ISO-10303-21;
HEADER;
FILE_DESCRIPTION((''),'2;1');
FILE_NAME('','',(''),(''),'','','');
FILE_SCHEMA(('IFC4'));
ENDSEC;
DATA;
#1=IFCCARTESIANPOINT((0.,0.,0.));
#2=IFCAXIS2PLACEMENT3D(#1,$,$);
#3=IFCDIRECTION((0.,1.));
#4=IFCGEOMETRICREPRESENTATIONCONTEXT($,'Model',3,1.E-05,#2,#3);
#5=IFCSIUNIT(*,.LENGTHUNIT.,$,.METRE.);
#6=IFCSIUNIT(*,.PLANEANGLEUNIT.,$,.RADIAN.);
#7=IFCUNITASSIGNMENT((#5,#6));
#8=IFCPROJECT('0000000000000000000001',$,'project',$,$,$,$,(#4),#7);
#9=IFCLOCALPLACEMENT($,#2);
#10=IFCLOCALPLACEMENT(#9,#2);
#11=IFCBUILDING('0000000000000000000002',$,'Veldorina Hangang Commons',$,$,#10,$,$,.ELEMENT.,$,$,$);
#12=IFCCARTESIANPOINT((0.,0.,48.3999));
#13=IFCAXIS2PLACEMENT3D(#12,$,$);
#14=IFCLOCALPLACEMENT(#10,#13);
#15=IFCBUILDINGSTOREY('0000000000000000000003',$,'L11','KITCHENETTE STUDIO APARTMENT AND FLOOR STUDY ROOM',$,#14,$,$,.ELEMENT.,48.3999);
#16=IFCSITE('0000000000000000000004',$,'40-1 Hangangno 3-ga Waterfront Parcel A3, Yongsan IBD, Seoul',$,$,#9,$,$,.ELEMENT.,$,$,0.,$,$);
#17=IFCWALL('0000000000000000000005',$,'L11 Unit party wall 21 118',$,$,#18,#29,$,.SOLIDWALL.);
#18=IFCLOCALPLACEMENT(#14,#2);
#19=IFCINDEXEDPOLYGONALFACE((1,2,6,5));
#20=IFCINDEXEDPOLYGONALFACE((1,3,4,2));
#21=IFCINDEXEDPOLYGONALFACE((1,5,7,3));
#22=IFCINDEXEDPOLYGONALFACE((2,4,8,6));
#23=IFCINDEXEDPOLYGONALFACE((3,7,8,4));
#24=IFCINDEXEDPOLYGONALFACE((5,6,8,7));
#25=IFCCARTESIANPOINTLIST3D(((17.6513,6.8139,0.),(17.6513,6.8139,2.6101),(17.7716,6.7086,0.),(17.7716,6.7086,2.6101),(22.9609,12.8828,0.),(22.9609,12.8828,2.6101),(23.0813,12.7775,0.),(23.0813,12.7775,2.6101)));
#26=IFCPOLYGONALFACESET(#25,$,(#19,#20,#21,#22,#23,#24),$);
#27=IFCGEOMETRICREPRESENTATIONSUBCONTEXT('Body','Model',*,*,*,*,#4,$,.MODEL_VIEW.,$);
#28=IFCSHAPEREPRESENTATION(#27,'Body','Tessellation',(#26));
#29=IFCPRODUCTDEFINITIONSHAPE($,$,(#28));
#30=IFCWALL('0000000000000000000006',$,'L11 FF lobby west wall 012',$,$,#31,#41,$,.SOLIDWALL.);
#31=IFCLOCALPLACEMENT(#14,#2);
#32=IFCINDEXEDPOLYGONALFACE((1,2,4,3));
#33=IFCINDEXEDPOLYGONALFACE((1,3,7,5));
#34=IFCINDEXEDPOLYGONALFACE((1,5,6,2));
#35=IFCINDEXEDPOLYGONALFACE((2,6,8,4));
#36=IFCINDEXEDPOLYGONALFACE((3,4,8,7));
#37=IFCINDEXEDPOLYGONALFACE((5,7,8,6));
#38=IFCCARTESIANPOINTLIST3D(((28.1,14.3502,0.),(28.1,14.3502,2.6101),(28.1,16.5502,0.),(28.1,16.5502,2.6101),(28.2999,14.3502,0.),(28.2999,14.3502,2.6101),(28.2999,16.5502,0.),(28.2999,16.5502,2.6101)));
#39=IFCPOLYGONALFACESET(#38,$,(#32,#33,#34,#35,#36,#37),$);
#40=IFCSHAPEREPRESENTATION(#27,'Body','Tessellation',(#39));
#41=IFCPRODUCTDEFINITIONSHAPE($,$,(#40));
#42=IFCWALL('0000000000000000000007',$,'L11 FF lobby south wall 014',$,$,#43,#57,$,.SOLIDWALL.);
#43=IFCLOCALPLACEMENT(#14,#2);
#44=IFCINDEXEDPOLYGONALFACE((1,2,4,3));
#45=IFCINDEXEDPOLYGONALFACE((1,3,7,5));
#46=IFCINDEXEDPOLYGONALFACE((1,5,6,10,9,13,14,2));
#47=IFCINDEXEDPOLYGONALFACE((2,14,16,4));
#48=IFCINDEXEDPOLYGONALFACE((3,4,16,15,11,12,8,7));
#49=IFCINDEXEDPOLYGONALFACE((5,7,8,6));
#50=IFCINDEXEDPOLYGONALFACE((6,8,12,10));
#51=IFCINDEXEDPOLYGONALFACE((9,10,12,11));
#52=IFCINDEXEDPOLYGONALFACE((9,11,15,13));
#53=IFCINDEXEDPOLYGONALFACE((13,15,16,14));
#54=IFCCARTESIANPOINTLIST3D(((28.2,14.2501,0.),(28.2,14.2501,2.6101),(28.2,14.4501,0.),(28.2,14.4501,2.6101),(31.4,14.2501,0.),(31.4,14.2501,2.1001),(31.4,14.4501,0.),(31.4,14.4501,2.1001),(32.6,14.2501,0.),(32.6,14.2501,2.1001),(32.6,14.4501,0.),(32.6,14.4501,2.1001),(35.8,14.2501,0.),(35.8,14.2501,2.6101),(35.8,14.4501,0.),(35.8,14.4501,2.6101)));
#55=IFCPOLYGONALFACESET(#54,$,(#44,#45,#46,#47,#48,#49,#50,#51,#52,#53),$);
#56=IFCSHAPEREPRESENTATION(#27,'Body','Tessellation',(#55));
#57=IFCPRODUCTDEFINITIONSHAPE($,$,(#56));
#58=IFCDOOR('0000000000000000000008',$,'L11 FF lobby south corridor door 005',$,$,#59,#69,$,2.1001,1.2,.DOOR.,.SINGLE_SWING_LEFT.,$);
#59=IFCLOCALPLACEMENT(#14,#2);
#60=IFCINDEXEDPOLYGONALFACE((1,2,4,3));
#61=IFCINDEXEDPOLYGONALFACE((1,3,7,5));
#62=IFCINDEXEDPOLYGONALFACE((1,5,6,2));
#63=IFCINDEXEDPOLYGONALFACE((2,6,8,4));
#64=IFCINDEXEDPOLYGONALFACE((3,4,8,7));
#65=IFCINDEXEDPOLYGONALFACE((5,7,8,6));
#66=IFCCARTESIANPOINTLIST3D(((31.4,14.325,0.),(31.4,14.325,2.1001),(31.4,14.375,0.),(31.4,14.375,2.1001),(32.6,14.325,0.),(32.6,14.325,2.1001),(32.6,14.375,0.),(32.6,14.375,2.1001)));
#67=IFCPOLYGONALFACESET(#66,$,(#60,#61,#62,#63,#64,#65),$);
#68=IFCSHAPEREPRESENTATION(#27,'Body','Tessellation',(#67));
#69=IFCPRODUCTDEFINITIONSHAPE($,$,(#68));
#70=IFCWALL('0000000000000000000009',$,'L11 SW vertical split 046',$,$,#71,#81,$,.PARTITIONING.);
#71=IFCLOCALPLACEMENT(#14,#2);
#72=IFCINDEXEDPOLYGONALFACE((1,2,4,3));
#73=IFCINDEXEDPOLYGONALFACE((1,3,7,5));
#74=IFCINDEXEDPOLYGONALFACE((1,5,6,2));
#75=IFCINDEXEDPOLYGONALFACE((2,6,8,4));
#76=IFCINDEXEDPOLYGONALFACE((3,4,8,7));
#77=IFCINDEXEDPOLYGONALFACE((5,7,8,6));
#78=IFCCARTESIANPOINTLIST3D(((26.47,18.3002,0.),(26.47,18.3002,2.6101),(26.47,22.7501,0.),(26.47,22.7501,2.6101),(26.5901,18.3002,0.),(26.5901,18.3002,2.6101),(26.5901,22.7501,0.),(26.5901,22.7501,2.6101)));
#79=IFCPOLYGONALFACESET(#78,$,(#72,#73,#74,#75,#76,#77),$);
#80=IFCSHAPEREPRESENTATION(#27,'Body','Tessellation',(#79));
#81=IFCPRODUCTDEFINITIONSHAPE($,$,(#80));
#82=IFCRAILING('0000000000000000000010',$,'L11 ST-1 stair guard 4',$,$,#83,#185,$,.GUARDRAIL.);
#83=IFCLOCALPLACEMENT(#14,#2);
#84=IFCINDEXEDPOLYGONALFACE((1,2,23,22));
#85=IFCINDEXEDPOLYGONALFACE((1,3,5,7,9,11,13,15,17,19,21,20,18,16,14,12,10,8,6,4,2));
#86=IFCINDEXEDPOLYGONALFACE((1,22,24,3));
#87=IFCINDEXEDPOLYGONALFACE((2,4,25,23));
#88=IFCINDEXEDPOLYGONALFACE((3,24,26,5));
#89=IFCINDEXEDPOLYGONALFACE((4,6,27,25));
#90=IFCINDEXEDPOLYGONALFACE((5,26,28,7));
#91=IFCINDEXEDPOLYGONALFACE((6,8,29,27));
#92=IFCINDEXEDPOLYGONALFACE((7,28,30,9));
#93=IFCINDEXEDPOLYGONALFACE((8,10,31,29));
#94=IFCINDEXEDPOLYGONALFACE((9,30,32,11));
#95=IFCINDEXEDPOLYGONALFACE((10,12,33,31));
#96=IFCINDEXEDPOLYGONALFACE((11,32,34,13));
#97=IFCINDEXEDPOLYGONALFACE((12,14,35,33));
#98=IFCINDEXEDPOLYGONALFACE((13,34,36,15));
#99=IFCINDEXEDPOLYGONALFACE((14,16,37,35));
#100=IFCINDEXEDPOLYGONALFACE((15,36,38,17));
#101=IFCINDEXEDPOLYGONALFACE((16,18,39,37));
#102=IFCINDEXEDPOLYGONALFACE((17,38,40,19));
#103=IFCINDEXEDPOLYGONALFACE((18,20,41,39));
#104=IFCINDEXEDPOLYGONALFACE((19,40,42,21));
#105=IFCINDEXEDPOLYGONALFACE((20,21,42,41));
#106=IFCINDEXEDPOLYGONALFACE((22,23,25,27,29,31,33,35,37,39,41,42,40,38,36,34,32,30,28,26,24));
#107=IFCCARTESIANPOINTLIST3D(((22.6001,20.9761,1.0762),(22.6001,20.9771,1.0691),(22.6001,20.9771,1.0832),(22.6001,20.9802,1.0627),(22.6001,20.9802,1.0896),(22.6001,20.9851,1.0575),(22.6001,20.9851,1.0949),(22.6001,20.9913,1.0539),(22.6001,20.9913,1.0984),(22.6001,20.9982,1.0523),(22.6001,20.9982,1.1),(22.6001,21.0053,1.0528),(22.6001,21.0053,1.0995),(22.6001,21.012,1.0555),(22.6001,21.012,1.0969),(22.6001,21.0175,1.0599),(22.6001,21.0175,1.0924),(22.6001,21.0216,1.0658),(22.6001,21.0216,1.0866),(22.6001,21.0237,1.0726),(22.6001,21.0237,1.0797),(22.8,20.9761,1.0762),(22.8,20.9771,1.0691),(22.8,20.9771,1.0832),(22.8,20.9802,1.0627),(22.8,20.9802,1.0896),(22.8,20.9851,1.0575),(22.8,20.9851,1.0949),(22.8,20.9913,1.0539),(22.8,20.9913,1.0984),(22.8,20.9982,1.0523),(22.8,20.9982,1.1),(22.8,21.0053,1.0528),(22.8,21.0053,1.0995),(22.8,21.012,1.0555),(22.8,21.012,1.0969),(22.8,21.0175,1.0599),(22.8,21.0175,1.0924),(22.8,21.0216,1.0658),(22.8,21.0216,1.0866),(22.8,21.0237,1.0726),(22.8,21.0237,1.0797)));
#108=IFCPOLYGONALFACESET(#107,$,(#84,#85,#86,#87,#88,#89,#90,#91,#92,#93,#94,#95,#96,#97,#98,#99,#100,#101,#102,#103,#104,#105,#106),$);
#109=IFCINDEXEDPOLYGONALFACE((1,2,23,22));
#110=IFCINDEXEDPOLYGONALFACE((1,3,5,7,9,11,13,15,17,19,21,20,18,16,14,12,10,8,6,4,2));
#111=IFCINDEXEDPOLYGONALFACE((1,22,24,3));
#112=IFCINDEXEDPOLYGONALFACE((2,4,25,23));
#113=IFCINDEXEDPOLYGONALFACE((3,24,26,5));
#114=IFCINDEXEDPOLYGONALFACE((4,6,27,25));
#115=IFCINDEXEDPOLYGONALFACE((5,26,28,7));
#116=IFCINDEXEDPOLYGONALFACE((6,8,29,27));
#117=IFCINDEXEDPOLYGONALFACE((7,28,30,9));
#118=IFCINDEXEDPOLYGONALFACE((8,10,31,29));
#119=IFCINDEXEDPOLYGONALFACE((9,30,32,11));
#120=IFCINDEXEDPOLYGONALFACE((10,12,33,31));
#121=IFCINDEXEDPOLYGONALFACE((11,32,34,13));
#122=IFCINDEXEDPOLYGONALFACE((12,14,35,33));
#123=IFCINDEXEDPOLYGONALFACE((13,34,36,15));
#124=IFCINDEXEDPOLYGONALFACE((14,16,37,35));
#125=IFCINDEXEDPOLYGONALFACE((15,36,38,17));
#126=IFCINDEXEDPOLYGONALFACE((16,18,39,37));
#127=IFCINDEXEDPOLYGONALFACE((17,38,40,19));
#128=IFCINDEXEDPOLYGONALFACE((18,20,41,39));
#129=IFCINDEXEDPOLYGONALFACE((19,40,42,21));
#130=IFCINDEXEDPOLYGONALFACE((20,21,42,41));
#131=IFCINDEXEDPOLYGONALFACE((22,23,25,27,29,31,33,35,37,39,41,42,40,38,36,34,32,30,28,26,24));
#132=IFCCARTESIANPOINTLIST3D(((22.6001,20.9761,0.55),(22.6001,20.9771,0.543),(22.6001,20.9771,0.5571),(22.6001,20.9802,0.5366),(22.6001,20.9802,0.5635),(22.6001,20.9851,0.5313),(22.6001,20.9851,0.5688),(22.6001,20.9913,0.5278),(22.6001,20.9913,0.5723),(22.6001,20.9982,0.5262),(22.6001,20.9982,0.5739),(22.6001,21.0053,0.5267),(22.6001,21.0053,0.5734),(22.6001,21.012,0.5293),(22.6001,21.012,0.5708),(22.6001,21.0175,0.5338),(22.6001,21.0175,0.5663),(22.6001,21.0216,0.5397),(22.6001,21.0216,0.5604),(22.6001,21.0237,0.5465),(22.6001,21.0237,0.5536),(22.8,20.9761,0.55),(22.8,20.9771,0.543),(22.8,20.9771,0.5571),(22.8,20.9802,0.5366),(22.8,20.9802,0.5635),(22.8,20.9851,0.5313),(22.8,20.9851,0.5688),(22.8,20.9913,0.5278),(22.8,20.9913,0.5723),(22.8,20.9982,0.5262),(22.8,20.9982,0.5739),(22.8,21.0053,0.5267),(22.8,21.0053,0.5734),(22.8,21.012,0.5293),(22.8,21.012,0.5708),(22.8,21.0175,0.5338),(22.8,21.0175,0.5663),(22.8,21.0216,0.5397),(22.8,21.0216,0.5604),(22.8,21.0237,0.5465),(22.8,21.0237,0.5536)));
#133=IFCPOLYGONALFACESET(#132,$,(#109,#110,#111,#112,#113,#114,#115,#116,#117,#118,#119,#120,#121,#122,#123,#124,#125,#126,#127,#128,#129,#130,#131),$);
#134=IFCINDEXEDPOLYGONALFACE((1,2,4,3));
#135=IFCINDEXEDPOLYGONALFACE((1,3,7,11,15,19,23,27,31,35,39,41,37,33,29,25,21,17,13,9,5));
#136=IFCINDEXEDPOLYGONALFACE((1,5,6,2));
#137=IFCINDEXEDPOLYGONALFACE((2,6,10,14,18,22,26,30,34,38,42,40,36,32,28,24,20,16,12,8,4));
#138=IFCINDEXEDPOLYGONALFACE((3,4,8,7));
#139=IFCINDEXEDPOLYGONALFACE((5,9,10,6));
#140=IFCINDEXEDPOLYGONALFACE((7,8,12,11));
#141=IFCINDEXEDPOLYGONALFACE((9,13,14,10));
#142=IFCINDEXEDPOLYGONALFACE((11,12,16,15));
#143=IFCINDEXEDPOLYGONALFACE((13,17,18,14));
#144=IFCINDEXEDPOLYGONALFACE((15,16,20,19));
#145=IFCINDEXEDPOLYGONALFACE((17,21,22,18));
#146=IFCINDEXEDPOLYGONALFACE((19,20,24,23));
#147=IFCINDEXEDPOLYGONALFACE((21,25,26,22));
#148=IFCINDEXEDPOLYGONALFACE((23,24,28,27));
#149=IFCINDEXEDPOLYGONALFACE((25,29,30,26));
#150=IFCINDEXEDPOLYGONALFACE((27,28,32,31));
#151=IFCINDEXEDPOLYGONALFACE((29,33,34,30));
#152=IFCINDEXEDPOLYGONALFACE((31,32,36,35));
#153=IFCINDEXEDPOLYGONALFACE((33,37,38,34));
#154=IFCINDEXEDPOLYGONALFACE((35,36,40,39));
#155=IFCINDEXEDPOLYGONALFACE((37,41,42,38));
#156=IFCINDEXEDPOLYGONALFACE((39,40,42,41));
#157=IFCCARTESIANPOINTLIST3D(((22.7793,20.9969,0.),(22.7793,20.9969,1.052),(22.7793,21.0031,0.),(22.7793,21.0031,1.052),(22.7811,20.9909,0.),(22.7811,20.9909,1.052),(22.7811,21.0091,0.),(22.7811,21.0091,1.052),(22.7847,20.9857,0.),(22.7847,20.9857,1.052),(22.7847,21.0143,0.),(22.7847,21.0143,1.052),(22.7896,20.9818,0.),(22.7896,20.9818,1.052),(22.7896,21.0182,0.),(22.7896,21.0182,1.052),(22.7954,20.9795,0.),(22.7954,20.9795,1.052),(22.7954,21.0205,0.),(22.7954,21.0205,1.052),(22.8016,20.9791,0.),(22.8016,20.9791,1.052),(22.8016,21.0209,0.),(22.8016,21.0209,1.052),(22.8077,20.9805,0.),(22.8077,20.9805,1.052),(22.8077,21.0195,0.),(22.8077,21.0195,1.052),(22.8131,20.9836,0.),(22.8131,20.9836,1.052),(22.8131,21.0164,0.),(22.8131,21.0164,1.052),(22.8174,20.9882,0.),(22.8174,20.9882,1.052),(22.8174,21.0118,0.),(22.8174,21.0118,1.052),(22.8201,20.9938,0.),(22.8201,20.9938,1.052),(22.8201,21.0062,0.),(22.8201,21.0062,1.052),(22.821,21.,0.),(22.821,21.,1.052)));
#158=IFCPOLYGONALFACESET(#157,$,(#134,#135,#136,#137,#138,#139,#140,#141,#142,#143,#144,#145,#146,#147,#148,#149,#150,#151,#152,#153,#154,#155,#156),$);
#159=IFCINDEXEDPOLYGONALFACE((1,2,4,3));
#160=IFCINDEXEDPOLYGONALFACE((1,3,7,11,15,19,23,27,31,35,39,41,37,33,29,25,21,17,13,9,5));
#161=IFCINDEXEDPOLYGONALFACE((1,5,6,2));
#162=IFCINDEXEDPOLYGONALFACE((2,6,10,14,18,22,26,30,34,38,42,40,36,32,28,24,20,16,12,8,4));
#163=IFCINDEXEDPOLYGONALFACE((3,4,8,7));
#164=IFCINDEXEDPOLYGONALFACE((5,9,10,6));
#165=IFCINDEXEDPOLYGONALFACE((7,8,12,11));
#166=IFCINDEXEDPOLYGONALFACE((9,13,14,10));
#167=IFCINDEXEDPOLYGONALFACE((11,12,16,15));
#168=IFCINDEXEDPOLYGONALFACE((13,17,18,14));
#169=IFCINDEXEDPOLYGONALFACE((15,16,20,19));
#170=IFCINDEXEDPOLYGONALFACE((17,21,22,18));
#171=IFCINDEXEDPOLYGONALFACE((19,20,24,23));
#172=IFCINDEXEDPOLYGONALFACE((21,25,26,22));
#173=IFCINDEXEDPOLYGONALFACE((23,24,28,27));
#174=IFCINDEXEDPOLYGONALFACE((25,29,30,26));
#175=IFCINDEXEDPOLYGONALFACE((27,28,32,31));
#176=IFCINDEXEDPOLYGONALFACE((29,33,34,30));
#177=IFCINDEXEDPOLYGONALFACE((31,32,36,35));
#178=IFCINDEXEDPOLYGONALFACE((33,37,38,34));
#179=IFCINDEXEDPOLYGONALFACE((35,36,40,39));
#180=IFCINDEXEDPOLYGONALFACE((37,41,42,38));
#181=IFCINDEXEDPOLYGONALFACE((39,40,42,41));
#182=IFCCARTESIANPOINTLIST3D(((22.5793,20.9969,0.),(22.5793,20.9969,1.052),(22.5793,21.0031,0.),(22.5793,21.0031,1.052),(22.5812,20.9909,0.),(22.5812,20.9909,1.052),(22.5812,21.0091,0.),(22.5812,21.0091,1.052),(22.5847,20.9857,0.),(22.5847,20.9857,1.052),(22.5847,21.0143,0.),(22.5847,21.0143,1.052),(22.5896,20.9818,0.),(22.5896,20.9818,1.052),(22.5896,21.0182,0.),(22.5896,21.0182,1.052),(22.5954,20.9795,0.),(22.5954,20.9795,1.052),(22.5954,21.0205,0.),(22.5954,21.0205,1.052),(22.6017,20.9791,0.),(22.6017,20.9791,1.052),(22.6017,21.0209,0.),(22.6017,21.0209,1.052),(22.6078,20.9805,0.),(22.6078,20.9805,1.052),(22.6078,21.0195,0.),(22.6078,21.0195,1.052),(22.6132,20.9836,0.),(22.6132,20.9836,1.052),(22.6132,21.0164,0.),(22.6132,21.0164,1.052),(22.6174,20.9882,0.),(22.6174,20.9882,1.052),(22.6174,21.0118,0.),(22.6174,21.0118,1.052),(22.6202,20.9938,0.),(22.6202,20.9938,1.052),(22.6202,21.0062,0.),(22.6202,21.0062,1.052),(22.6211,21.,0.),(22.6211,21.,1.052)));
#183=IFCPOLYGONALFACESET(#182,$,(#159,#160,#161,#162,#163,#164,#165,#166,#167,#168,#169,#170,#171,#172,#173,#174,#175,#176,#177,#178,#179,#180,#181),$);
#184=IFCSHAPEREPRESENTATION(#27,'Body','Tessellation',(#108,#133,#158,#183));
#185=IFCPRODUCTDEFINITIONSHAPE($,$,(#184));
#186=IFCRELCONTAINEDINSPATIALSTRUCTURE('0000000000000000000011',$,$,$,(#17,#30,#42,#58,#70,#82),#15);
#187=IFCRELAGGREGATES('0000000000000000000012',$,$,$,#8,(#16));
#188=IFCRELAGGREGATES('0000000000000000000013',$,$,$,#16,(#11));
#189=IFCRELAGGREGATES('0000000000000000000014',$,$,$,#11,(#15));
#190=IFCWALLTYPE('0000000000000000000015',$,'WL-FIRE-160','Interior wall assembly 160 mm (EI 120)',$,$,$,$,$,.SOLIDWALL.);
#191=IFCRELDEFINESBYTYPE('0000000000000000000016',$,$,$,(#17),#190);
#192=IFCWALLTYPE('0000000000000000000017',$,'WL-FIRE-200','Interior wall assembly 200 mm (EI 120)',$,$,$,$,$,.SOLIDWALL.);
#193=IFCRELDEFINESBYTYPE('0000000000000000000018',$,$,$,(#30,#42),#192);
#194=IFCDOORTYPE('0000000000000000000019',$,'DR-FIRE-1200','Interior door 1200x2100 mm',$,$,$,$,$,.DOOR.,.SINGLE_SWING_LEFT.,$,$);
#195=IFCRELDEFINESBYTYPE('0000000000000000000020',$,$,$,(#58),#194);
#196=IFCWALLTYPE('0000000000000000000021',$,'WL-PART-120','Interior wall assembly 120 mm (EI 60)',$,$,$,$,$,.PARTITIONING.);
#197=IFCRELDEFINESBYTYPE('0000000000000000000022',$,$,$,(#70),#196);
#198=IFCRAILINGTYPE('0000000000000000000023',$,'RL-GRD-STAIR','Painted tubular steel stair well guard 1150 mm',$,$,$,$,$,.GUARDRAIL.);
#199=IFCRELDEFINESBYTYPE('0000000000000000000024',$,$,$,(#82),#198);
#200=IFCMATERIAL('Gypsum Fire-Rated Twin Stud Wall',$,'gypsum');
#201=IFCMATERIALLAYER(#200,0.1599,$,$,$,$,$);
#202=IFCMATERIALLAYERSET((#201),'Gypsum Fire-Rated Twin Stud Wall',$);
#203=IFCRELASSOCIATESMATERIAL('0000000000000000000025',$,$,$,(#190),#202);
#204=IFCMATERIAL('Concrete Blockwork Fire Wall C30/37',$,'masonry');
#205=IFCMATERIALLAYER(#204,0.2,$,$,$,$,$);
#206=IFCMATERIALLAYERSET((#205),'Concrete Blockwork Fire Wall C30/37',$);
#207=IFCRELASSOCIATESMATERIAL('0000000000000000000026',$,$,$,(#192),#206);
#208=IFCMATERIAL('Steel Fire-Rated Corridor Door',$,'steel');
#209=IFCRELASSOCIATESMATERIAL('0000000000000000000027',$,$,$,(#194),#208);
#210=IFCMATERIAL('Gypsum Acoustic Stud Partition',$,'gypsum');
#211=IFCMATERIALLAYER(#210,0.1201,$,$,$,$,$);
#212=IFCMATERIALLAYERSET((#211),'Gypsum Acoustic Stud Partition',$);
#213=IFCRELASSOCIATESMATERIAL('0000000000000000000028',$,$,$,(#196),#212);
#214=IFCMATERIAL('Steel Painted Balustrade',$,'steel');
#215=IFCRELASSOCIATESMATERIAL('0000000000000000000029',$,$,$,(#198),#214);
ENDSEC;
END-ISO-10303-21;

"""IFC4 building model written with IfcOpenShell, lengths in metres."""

from ifc_helpers import new_model, si_unit, direction, frame, frame_2d, origin, origin_2d, place, context, subcontext, project, spatial, rectangle, circle, extrude, material, layer, layer_set, type_object, element, fill, save


model = new_model("IFC4")

# Units and contexts
model_context = context("Model", 3, precision=1e-05, world=origin(), true_north=direction((0.0, 1.0)))
body_context = subcontext(model_context, "Body", "Model", "MODEL_VIEW")
ifc_project = project(units=[si_unit("LENGTHUNIT", "METRE"), si_unit("PLANEANGLEUNIT", "RADIAN")], contexts=[model_context])

# Site, building, storey
site_placement = place(None, origin())
site = spatial("IfcSite", under=ifc_project, at=site_placement, Name="40-1 Hangangno 3-ga Waterfront Parcel A3, Yongsan IBD, Seoul", CompositionType="ELEMENT", RefElevation=0.0)
building_placement = place(site_placement, origin())
building = spatial("IfcBuilding", under=site, at=building_placement, Name="Veldorina Hangang Commons", CompositionType="ELEMENT")
storey_placement = place(building_placement, frame((0.0, 0.0, 48.3999)))
storey = spatial("IfcBuildingStorey", under=building, at=storey_placement, Name="L11", Description="KITCHENETTE STUDIO APARTMENT AND FLOOR STUDY ROOM", CompositionType="ELEMENT", Elevation=48.3999)

# Shared definitions
ifc_material_1 = material(Name="Gypsum Fire-Rated Twin Stud Wall", Category="gypsum")
ifc_layer_1 = layer(ifc_material_1, 0.1599)
ifc_layer_set_1 = layer_set([ifc_layer_1], Name="Gypsum Fire-Rated Twin Stud Wall")
wall_type_1 = type_object("IfcWallType", Name="WL-FIRE-160", Description="Interior wall assembly 160 mm (EI 120)", PredefinedType="SOLIDWALL", material=ifc_layer_set_1)

# Walls
wall_1_placement = place(storey_placement, frame((23.021, 12.8301, 0.0), z_axis=(0.0, 0.0, 1.0), x_axis=(-0.658457, -0.752618, 0.0)))
element("IfcWall", 1, at=wall_1_placement, inside=storey, type_object=wall_type_1, Name="L11 Unit party wall 21 118", PredefinedType="SOLIDWALL", context=body_context, shape_type="SweptSolid", body=[
    extrude(rectangle(XDim=8.0637, YDim=0.1599, at=frame_2d((4.0317, 0.0))), origin(), (0.0, 0.0, 1.0), 2.6101),
])
ifc_material_2 = material(Name="Concrete Blockwork Fire Wall C30/37", Category="masonry")
ifc_layer_2 = layer(ifc_material_2, 0.2)
ifc_layer_set_2 = layer_set([ifc_layer_2], Name="Concrete Blockwork Fire Wall C30/37")
wall_type_2 = type_object("IfcWallType", Name="WL-FIRE-200", Description="Interior wall assembly 200 mm (EI 120)", PredefinedType="SOLIDWALL", material=ifc_layer_set_2)
wall_2_placement = place(storey_placement, frame((28.2, 14.3501, 0.0), z_axis=(0.0, 0.0, 1.0), x_axis=(0.0, 1.0, 0.0)))
element("IfcWall", 2, at=wall_2_placement, inside=storey, type_object=wall_type_2, Name="L11 FF lobby west wall 012", PredefinedType="SOLIDWALL", context=body_context, shape_type="SweptSolid", body=[
    extrude(rectangle(XDim=2.2, YDim=0.2, at=frame_2d((1.1001, 0.0))), origin(), (0.0, 0.0, 1.0), 2.6101),
])

# Wall, opening, door
wall_3_placement = place(storey_placement, frame((28.2, 14.3501, 0.0), z_axis=(0.0, 0.0, 1.0), x_axis=(1.0, 0.0, 0.0)))
wall_3 = element("IfcWall", 3, at=wall_3_placement, inside=storey, type_object=wall_type_2, Name="L11 FF lobby south wall 014", PredefinedType="SOLIDWALL", context=body_context, shape_type="SweptSolid", body=[
    extrude(rectangle(XDim=7.6001, YDim=0.2, at=frame_2d((3.8, 0.0))), origin(), (0.0, 0.0, 1.0), 2.6101),
])
opening_1_placement = place(wall_3_placement, frame((3.2, 0.0, 0.0)))
opening_1 = element("IfcOpeningElement", 4, at=opening_1_placement, cuts=wall_3, PredefinedType="OPENING", context=body_context, shape_type="SweptSolid", body=[
    extrude(rectangle(XDim=1.2, YDim=2.1001, at=frame_2d((0.6001, 1.05))), frame((0.0, 0.1099, 0.0), z_axis=(0.0, -1.0, 0.0), x_axis=(1.0, 0.0, 0.0)), (0.0, 0.0, 1.0), 0.22),
])
ifc_material_3 = material(Name="Steel Fire-Rated Corridor Door", Category="steel")
door_type_1 = type_object("IfcDoorType", Name="DR-FIRE-1200", Description="Interior door 1200x2100 mm", OperationType="SINGLE_SWING_LEFT", PredefinedType="DOOR", material=ifc_material_3)
door_1_placement = place(opening_1_placement, origin())
door_1 = element("IfcDoor", 5, at=door_1_placement, inside=storey, type_object=door_type_1, Name="L11 FF lobby south corridor door 005", OperationType="SINGLE_SWING_LEFT", OverallHeight=2.1001, OverallWidth=1.2, PredefinedType="DOOR", context=body_context, shape_type="SweptSolid", body=[
    extrude(rectangle(XDim=1.2, YDim=2.1001, at=frame_2d((0.6001, 1.05))), frame((0.0, 0.0249, 0.0), z_axis=(0.0, -1.0, 0.0), x_axis=(1.0, 0.0, 0.0)), (0.0, 0.0, 1.0), 0.05),
])
fill(opening_1, door_1)

# Wall
ifc_material_4 = material(Name="Gypsum Acoustic Stud Partition", Category="gypsum")
ifc_layer_3 = layer(ifc_material_4, 0.1201)
ifc_layer_set_3 = layer_set([ifc_layer_3], Name="Gypsum Acoustic Stud Partition")
wall_type_3 = type_object("IfcWallType", Name="WL-PART-120", Description="Interior wall assembly 120 mm (EI 60)", PredefinedType="PARTITIONING", material=ifc_layer_set_3)
wall_4_placement = place(storey_placement, frame((26.53, 18.3, 0.0), z_axis=(0.0, 0.0, 1.0), x_axis=(0.0, 1.0, 0.0)))
element("IfcWall", 6, at=wall_4_placement, inside=storey, type_object=wall_type_3, Name="L11 SW vertical split 046", PredefinedType="PARTITIONING", context=body_context, shape_type="SweptSolid", body=[
    extrude(rectangle(XDim=4.45, YDim=0.1201, at=frame_2d((2.2251, 0.0))), origin(), (0.0, 0.0, 1.0), 2.6101),
])

# Railing
ifc_material_5 = material(Name="Steel Painted Balustrade", Category="steel")
railing_type = type_object("IfcRailingType", Name="RL-GRD-STAIR", Description="Painted tubular steel stair well guard 1150 mm", PredefinedType="GUARDRAIL", material=ifc_material_5)
railing_placement = place(storey_placement, frame((22.8, 21.0, 0.0)))
element("IfcRailing", 7, at=railing_placement, inside=storey, type_object=railing_type, Name="L11 ST-1 stair guard 4", PredefinedType="GUARDRAIL", context=body_context, shape_type="SweptSolid", body=[
    extrude(circle(Radius=0.0239, at=origin_2d()), frame((0.0, 0.0, 1.0762), z_axis=(-1.0, 0.0, 0.0), x_axis=(0.0, -1.0, 0.0)), (0.0, 0.0, 1.0), 0.2),
    extrude(circle(Radius=0.0239, at=origin_2d()), frame((0.0, 0.0, 0.55), z_axis=(-1.0, 0.0, 0.0), x_axis=(0.0, -1.0, 0.0)), (0.0, 0.0, 1.0), 0.2),
    extrude(circle(Radius=0.021, at=origin_2d()), origin(), (0.0, 0.0, 1.0), 1.052),
    extrude(circle(Radius=0.021, at=origin_2d()), frame((-0.2, 0.0, 0.0)), (0.0, 0.0, 1.0), 1.052),
])

save(model, "model.ifc")
